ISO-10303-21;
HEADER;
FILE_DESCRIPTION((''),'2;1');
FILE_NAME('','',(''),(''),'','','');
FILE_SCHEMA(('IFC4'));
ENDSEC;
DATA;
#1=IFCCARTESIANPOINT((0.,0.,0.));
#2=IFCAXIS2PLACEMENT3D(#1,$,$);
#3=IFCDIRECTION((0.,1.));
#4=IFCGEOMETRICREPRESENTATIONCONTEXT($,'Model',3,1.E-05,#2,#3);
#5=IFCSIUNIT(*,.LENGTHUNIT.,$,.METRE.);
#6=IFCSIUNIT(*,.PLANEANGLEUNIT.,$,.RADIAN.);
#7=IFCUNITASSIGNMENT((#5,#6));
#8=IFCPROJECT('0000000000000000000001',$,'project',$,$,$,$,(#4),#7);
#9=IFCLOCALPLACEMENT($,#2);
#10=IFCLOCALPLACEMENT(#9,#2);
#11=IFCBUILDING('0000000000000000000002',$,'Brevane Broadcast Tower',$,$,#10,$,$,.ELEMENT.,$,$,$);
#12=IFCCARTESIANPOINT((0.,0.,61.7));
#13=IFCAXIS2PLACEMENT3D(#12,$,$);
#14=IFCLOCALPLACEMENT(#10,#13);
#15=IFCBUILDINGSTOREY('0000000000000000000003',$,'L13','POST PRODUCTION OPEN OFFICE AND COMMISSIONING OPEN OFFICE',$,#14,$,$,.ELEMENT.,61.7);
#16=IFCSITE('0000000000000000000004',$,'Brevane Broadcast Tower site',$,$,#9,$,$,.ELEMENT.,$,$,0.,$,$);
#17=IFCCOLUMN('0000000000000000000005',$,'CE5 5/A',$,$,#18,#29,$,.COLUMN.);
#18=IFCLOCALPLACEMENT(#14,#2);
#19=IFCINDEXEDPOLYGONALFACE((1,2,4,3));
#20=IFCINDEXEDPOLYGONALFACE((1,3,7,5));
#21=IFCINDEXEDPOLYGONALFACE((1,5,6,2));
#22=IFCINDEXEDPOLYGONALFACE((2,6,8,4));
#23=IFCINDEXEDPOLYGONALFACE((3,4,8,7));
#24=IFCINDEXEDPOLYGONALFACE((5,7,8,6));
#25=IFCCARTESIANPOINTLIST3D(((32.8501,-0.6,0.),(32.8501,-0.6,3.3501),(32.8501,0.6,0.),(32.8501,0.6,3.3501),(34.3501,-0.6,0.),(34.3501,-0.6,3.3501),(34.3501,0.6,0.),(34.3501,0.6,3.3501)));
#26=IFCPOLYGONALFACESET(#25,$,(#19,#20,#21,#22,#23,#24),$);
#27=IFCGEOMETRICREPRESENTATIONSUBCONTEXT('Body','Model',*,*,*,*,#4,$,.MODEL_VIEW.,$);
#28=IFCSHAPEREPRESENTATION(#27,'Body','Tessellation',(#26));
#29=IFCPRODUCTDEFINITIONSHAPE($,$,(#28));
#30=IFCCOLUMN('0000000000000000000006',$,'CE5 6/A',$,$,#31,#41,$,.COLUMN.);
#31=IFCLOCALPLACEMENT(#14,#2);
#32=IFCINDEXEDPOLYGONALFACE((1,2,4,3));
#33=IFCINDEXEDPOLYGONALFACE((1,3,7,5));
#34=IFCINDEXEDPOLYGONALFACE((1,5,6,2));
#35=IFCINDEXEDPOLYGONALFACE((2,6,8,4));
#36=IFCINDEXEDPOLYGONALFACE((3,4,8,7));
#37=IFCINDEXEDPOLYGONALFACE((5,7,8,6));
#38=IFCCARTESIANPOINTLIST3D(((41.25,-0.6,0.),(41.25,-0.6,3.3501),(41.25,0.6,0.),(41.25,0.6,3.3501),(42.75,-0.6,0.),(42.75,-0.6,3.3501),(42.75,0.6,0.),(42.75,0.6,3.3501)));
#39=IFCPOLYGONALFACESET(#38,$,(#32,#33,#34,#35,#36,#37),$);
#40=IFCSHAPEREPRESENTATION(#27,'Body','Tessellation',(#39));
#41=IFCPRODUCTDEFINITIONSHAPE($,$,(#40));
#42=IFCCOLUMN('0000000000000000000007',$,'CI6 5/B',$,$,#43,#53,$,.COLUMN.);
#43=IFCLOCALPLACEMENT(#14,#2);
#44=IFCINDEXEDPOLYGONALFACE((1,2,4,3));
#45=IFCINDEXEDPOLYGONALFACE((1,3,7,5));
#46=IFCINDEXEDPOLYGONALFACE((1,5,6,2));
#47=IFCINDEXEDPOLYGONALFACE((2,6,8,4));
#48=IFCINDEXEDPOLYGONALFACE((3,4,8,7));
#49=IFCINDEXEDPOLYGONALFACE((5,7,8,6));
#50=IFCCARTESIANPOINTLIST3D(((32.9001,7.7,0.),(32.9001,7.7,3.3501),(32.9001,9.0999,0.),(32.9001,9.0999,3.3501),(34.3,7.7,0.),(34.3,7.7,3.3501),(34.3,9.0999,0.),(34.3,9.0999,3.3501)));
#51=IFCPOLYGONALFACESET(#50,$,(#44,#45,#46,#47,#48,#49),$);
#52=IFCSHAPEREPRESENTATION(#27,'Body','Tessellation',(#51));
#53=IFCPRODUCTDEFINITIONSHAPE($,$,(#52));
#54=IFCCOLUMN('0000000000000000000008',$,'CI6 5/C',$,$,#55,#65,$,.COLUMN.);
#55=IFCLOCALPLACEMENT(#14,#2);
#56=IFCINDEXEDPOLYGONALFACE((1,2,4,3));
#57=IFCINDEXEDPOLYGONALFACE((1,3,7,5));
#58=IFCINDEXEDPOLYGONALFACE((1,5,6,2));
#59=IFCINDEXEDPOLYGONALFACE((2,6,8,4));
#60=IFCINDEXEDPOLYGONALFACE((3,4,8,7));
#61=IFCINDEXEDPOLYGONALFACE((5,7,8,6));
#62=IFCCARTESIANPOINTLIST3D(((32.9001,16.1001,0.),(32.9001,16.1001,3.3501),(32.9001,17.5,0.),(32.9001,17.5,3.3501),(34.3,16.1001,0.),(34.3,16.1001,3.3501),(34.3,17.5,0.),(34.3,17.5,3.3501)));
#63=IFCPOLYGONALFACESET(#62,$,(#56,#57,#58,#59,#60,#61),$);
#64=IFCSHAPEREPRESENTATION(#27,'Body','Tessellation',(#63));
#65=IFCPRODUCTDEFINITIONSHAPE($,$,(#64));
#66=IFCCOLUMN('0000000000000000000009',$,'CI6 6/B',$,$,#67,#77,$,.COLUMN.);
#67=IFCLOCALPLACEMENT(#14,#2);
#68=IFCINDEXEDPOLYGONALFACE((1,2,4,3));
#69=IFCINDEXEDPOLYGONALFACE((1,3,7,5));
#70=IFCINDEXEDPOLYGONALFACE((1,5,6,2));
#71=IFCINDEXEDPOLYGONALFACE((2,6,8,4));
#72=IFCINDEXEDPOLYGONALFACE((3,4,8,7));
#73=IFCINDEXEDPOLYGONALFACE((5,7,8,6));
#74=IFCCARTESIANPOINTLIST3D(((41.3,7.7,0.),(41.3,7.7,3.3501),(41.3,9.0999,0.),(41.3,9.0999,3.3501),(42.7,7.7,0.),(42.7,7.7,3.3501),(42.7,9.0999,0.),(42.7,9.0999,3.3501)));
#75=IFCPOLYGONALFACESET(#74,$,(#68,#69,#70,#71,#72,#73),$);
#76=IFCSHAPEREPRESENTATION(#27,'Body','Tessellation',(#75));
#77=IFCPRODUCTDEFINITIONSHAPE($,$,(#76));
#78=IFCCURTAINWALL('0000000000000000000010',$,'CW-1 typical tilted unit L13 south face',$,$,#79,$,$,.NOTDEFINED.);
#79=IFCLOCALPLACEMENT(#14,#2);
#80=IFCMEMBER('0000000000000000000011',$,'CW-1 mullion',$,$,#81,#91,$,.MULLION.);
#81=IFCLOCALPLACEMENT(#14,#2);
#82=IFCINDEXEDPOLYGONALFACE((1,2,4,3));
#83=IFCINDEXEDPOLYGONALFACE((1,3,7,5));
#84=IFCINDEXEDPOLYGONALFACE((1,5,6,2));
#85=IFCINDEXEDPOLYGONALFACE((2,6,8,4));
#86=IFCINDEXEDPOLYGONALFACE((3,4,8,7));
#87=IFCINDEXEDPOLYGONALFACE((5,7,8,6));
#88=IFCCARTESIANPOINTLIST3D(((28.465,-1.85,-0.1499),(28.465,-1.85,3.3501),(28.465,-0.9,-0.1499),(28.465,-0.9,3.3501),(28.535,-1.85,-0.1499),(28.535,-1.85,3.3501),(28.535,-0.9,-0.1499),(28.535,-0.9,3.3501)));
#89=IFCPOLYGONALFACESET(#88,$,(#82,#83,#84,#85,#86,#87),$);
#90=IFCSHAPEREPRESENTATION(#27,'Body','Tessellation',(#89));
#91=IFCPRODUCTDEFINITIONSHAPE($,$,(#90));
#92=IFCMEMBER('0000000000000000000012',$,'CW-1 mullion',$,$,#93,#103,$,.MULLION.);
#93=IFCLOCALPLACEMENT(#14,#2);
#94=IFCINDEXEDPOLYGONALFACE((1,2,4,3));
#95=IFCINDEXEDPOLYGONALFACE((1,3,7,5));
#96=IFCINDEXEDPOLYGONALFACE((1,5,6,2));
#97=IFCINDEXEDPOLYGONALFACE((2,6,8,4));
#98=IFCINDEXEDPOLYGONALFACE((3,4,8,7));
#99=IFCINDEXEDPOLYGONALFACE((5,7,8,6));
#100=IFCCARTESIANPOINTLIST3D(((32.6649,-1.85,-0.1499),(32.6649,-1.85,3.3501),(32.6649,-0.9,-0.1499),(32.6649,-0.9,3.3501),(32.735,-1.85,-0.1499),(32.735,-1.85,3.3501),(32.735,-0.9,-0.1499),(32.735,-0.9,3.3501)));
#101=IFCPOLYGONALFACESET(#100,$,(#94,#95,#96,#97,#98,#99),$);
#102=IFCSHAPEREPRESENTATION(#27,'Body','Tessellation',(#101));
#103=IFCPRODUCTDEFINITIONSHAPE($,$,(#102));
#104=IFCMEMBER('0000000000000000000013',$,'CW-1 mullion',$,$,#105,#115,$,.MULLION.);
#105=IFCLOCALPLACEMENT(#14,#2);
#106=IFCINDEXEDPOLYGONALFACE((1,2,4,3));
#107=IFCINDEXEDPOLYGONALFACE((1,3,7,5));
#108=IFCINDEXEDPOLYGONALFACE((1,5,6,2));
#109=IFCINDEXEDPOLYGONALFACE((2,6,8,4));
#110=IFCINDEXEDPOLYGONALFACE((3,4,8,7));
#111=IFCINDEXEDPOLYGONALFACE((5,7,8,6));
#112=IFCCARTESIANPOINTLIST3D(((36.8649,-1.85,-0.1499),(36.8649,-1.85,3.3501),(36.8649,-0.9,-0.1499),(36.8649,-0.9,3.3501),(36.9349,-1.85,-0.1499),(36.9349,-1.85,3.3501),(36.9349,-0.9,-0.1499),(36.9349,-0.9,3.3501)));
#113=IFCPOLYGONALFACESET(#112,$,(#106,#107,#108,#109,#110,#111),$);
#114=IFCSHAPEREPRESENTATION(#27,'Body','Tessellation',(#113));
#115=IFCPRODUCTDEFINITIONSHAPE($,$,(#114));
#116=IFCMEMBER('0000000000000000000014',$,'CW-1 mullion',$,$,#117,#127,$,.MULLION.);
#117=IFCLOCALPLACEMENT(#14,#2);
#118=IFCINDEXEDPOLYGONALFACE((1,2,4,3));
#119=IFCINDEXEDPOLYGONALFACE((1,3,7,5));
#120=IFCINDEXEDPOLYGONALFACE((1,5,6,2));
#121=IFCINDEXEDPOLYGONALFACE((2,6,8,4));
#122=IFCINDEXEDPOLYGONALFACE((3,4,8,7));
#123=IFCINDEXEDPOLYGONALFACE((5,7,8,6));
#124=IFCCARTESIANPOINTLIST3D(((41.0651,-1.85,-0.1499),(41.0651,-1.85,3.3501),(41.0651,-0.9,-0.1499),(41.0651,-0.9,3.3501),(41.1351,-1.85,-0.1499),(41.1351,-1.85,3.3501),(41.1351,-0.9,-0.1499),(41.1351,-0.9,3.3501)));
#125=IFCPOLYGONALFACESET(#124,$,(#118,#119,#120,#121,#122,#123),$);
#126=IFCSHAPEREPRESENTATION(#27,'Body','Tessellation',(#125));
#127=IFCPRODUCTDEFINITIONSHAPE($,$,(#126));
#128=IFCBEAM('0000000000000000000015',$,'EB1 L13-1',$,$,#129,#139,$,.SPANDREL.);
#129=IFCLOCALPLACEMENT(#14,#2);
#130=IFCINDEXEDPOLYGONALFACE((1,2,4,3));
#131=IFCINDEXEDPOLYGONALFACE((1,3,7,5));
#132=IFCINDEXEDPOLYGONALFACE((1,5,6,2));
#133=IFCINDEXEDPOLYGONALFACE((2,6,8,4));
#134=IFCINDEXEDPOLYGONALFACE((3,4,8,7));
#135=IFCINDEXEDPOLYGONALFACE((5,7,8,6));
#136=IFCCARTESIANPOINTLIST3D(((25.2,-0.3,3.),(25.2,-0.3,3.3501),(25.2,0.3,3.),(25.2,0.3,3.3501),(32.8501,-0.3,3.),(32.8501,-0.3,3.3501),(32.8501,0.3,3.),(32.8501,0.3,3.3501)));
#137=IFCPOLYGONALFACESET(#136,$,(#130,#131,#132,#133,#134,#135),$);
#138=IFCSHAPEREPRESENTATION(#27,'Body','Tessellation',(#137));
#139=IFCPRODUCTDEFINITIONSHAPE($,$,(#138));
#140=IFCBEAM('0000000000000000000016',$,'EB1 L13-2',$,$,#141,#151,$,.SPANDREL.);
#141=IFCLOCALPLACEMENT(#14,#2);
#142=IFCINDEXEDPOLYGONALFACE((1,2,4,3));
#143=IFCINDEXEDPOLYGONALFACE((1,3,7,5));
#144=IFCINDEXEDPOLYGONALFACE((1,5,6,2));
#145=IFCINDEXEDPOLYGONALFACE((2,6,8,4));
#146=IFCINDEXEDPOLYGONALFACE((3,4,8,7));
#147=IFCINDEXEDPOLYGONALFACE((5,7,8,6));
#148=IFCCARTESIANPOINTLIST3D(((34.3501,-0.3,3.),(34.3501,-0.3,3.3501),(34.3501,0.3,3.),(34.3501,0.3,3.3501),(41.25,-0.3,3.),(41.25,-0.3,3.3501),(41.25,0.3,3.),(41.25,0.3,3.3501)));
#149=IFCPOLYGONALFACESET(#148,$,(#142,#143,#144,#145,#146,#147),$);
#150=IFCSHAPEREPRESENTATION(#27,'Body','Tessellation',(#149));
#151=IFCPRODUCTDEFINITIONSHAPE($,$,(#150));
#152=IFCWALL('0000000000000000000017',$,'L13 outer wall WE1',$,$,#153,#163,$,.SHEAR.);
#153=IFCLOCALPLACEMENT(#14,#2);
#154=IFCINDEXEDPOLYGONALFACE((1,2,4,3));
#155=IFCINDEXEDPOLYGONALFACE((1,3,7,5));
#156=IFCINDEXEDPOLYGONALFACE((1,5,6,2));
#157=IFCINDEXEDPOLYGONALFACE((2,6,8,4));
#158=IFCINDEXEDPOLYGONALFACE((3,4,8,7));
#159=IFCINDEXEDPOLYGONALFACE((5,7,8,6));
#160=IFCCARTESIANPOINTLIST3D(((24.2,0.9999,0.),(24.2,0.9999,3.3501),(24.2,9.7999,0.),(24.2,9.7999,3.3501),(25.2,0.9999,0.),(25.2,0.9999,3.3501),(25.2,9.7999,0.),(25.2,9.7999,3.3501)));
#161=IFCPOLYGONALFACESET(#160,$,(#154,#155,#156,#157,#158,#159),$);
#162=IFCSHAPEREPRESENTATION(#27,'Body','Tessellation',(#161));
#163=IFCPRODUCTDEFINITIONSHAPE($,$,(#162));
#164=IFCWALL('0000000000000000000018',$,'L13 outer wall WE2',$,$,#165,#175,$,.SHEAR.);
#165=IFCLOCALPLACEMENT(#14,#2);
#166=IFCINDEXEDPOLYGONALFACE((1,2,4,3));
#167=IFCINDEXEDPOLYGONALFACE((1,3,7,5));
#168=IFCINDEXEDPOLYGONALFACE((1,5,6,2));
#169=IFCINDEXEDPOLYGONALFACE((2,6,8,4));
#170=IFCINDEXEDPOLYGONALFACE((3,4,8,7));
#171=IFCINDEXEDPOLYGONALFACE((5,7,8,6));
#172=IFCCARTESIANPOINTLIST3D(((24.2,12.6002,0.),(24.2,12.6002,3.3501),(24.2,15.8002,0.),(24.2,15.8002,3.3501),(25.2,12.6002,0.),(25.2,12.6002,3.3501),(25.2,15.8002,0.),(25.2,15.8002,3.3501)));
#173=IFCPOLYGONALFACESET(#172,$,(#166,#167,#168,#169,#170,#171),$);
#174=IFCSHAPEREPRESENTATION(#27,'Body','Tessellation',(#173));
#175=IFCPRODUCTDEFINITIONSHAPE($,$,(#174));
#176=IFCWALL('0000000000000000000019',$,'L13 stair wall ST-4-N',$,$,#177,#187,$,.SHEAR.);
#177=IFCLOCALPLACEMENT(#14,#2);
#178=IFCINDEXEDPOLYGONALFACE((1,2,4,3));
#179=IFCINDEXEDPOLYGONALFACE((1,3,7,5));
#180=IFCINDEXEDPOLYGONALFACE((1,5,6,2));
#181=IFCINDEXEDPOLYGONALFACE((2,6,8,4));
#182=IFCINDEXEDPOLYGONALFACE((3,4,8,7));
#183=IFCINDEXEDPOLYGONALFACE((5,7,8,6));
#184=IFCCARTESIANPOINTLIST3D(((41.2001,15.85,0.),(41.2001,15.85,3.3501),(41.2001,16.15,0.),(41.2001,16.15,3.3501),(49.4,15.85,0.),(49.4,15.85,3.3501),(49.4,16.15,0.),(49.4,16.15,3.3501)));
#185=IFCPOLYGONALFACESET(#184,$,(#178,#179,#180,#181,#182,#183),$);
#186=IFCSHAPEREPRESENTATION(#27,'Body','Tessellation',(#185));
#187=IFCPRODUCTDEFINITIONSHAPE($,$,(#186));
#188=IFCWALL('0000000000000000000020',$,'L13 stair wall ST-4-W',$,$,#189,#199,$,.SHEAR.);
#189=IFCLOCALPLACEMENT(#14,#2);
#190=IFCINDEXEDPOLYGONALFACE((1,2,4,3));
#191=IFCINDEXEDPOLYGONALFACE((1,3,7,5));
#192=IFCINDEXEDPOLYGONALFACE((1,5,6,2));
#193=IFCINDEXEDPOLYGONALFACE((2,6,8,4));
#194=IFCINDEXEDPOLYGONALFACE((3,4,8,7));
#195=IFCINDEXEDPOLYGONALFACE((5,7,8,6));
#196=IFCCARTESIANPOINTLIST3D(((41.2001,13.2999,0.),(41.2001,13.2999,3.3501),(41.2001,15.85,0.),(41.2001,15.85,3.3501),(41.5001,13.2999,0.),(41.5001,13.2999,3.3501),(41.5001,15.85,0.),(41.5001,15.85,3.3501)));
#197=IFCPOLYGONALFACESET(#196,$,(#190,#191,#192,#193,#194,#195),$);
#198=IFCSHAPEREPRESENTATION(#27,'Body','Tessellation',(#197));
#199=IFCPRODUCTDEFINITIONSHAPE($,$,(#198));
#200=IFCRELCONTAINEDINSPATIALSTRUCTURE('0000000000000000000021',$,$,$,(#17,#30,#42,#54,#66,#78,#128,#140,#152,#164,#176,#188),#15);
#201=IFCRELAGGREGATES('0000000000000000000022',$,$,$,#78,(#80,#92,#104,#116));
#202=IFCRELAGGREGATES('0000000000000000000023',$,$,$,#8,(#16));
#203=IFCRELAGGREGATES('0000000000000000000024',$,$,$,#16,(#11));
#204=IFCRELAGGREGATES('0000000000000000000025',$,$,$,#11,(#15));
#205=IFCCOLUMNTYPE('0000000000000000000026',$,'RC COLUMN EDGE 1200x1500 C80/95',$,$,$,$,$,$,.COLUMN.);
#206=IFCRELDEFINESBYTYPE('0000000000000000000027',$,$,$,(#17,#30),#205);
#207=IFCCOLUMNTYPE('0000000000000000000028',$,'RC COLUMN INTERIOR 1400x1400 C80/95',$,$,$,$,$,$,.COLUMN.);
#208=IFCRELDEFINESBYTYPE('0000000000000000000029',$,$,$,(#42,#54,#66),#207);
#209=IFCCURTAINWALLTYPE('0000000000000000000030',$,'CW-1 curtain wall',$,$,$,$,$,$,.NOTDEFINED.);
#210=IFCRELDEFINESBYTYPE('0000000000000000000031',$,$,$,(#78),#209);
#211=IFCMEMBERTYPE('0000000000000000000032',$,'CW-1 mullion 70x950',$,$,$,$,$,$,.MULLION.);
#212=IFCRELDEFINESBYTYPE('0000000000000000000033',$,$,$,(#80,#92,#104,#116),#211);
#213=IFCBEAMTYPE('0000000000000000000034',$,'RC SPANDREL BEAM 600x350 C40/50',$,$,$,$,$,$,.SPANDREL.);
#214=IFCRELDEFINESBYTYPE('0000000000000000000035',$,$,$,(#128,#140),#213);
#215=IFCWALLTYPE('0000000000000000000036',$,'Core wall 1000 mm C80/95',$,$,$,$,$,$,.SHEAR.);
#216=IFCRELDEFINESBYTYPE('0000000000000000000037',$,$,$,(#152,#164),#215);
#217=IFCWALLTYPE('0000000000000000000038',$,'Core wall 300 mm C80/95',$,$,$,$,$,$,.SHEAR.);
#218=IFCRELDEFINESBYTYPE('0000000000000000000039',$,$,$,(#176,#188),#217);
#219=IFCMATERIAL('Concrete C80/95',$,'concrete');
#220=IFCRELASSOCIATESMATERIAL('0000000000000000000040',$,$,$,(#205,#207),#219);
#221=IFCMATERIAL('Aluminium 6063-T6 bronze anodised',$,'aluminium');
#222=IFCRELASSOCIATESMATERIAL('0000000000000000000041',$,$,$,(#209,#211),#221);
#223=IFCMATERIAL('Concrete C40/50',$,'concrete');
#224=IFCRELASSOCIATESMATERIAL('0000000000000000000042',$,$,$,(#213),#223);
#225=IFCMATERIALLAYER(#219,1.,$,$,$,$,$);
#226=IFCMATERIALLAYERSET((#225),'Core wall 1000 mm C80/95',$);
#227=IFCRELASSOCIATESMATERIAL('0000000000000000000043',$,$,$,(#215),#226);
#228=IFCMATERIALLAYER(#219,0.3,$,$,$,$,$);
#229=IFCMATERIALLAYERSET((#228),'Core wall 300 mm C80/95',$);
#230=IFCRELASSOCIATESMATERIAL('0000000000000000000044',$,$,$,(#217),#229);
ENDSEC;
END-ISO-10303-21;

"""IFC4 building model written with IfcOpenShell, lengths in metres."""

from ifc_helpers import new_model, si_unit, direction, frame, frame_2d, origin, origin_2d, place, context, subcontext, project, spatial, rectangle, extrude, material, layer, layer_set, material_profile, profile_set, type_object, element, aggregate, save


model = new_model("IFC4")

# Units and contexts
model_context = context("Model", 3, precision=1e-05, world=origin(), true_north=direction((0.0, 1.0)))
body_context = subcontext(model_context, "Body", "Model", "MODEL_VIEW")
ifc_project = project(units=[si_unit("LENGTHUNIT", "METRE"), si_unit("PLANEANGLEUNIT", "RADIAN")], contexts=[model_context])

# Site, building, storey
site_placement = place(None, origin())
site = spatial("IfcSite", under=ifc_project, at=site_placement, Name="Brevane Broadcast Tower site", CompositionType="ELEMENT", RefElevation=0.0)
building_placement = place(site_placement, origin())
building = spatial("IfcBuilding", under=site, at=building_placement, Name="Brevane Broadcast Tower", CompositionType="ELEMENT")
storey_placement = place(building_placement, frame((0.0, 0.0, 61.7)))
storey = spatial("IfcBuildingStorey", under=building, at=storey_placement, Name="L13", Description="POST PRODUCTION OPEN OFFICE AND COMMISSIONING OPEN OFFICE", CompositionType="ELEMENT", Elevation=61.7)

# Columns
ifc_material_1 = material(Name="Concrete C80/95", Category="concrete")
ifc_material_profile_1 = material_profile(ifc_material_1, rectangle(XDim=1.2, YDim=1.5, at=origin_2d()), Name="RC 1200x1500")
ifc_profile_set_1 = profile_set([ifc_material_profile_1], Name="Concrete C80/95")
column_type_1 = type_object("IfcColumnType", Name="RC COLUMN EDGE 1200x1500 C80/95", PredefinedType="COLUMN", material=ifc_profile_set_1)
for number, where, z_axis, x_axis, name in (
    (1, (33.6001, 0.0, 0.0), (0.0, 0.0, 1.0), (0.0, 1.0, 0.0), "CE5 5/A"),
    (2, (42.0, 0.0, 0.0), (0.0, 0.0, 1.0), (0.0, 1.0, 0.0), "CE5 6/A"),
):
    element("IfcColumn", number, at=place(storey_placement, frame(where, z_axis=z_axis, x_axis=x_axis)), inside=storey, type_object=column_type_1, Name=name, PredefinedType="COLUMN", context=body_context, shape_type="SweptSolid", body=[
        extrude(rectangle(XDim=1.2, YDim=1.5, at=origin_2d()), origin(), (0.0, 0.0, 1.0), 3.3501),
    ])
ifc_material_profile_2 = material_profile(ifc_material_1, rectangle(XDim=1.3999, YDim=1.3999, at=origin_2d()), Name="RC 1400x1400")
ifc_profile_set_2 = profile_set([ifc_material_profile_2], Name="Concrete C80/95")
column_type_2 = type_object("IfcColumnType", Name="RC COLUMN INTERIOR 1400x1400 C80/95", PredefinedType="COLUMN", material=ifc_profile_set_2)
for number, where, z_axis, x_axis, name in (
    (3, (33.6001, 8.3999, 0.0), (0.0, 0.0, 1.0), (1.0, 0.0, 0.0), "CI6 5/B"),
    (4, (33.6001, 16.8, 0.0), (0.0, 0.0, 1.0), (1.0, 0.0, 0.0), "CI6 5/C"),
    (5, (42.0, 8.3999, 0.0), (0.0, 0.0, 1.0), (1.0, 0.0, 0.0), "CI6 6/B"),
):
    element("IfcColumn", number, at=place(storey_placement, frame(where, z_axis=z_axis, x_axis=x_axis)), inside=storey, type_object=column_type_2, Name=name, PredefinedType="COLUMN", context=body_context, shape_type="SweptSolid", body=[
        extrude(rectangle(XDim=1.3999, YDim=1.3999, at=origin_2d()), origin(), (0.0, 0.0, 1.0), 3.3501),
    ])

# Curtain wall, members
ifc_material_2 = material(Name="Aluminium 6063-T6 bronze anodised", Category="aluminium")
curtain_wall_type = type_object("IfcCurtainWallType", Name="CW-1 curtain wall", PredefinedType="NOTDEFINED", material=ifc_material_2)
curtain_wall_placement = place(storey_placement, origin())
curtain_wall = element("IfcCurtainWall", 6, at=curtain_wall_placement, inside=storey, type_object=curtain_wall_type, Name="CW-1 typical tilted unit L13 south face", PredefinedType="NOTDEFINED")
ifc_material_profile_3 = material_profile(ifc_material_2, rectangle(XDim=0.95, YDim=0.0701, at=origin_2d()), Name="RECT 70x950")
ifc_profile_set_3 = profile_set([ifc_material_profile_3], Name="Aluminium 6063-T6 bronze anodised")
member_type = type_object("IfcMemberType", Name="CW-1 mullion 70x950", PredefinedType="MULLION", material=ifc_profile_set_3)
member_1_placement = place(storey_placement, frame((28.5, -1.375, -0.1499), z_axis=(0.0, 0.0, 1.0), x_axis=(0.0, 1.0, 0.0)))
member_1 = element("IfcMember", 7, at=member_1_placement, type_object=member_type, Name="CW-1 mullion", PredefinedType="MULLION", context=body_context, shape_type="SweptSolid", body=[
    extrude(rectangle(XDim=0.95, YDim=0.0701, at=origin_2d()), origin(), (0.0, 0.0, 1.0), 3.5),
])
member_2_placement = place(storey_placement, frame((32.7, -1.375, -0.1499), z_axis=(0.0, 0.0, 1.0), x_axis=(0.0, 1.0, 0.0)))
member_2 = element("IfcMember", 8, at=member_2_placement, type_object=member_type, Name="CW-1 mullion", PredefinedType="MULLION", context=body_context, shape_type="SweptSolid", body=[
    extrude(rectangle(XDim=0.95, YDim=0.0701, at=origin_2d()), origin(), (0.0, 0.0, 1.0), 3.5),
])
member_3_placement = place(storey_placement, frame((36.8999, -1.375, -0.1499), z_axis=(0.0, 0.0, 1.0), x_axis=(0.0, 1.0, 0.0)))
member_3 = element("IfcMember", 9, at=member_3_placement, type_object=member_type, Name="CW-1 mullion", PredefinedType="MULLION", context=body_context, shape_type="SweptSolid", body=[
    extrude(rectangle(XDim=0.95, YDim=0.0701, at=origin_2d()), origin(), (0.0, 0.0, 1.0), 3.5),
])
member_4_placement = place(storey_placement, frame((41.1001, -1.375, -0.1499), z_axis=(0.0, 0.0, 1.0), x_axis=(0.0, 1.0, 0.0)))
member_4 = element("IfcMember", 10, at=member_4_placement, type_object=member_type, Name="CW-1 mullion", PredefinedType="MULLION", context=body_context, shape_type="SweptSolid", body=[
    extrude(rectangle(XDim=0.95, YDim=0.0701, at=origin_2d()), origin(), (0.0, 0.0, 1.0), 3.5),
])
aggregate(curtain_wall, [member_1, member_2, member_3, member_4])

# Beams
ifc_material_3 = material(Name="Concrete C40/50", Category="concrete")
ifc_material_profile_4 = material_profile(ifc_material_3, rectangle(XDim=0.6001, YDim=0.3501, at=origin_2d()), Name="RC 600x350")
ifc_profile_set_4 = profile_set([ifc_material_profile_4], Name="Concrete C40/50")
beam_type = type_object("IfcBeamType", Name="RC SPANDREL BEAM 600x350 C40/50", PredefinedType="SPANDREL", material=ifc_profile_set_4)
beam_1_placement = place(storey_placement, frame((25.2, 0.0, 3.175), z_axis=(1.0, 0.0, 0.0), x_axis=(0.0, 1.0, 0.0)))
element("IfcBeam", 11, at=beam_1_placement, inside=storey, type_object=beam_type, Name="EB1 L13-1", PredefinedType="SPANDREL", context=body_context, shape_type="SweptSolid", body=[
    extrude(rectangle(XDim=0.6001, YDim=0.3501, at=origin_2d()), origin(), (0.0, 0.0, 1.0), 7.6501),
])
beam_2_placement = place(storey_placement, frame((34.3501, 0.0, 3.175), z_axis=(1.0, 0.0, 0.0), x_axis=(0.0, 1.0, 0.0)))
element("IfcBeam", 12, at=beam_2_placement, inside=storey, type_object=beam_type, Name="EB1 L13-2", PredefinedType="SPANDREL", context=body_context, shape_type="SweptSolid", body=[
    extrude(rectangle(XDim=0.6001, YDim=0.3501, at=origin_2d()), origin(), (0.0, 0.0, 1.0), 6.8999),
])

# Walls
ifc_layer_1 = layer(ifc_material_1, 1.0)
ifc_layer_set_1 = layer_set([ifc_layer_1], Name="Core wall 1000 mm C80/95")
wall_type_1 = type_object("IfcWallType", Name="Core wall 1000 mm C80/95", PredefinedType="SHEAR", material=ifc_layer_set_1)
wall_1_placement = place(storey_placement, frame((24.7, 1.0, 0.0), z_axis=(0.0, 0.0, 1.0), x_axis=(0.0, 1.0, 0.0)))
element("IfcWall", 13, at=wall_1_placement, inside=storey, type_object=wall_type_1, Name="L13 outer wall WE1", PredefinedType="SHEAR", context=body_context, shape_type="SweptSolid", body=[
    extrude(rectangle(XDim=8.8, YDim=1.0, at=frame_2d((4.3999, 0.0))), origin(), (0.0, 0.0, 1.0), 3.3501),
])
wall_2_placement = place(storey_placement, frame((24.7, 12.6001, 0.0), z_axis=(0.0, 0.0, 1.0), x_axis=(0.0, 1.0, 0.0)))
element("IfcWall", 14, at=wall_2_placement, inside=storey, type_object=wall_type_1, Name="L13 outer wall WE2", PredefinedType="SHEAR", context=body_context, shape_type="SweptSolid", body=[
    extrude(rectangle(XDim=3.2, YDim=1.0, at=frame_2d((1.6001, 0.0))), origin(), (0.0, 0.0, 1.0), 3.3501),
])
ifc_layer_2 = layer(ifc_material_1, 0.3)
ifc_layer_set_2 = layer_set([ifc_layer_2], Name="Core wall 300 mm C80/95")
wall_type_2 = type_object("IfcWallType", Name="Core wall 300 mm C80/95", PredefinedType="SHEAR", material=ifc_layer_set_2)
wall_3_placement = place(storey_placement, frame((41.2, 16.0, 0.0), z_axis=(0.0, 0.0, 1.0), x_axis=(1.0, 0.0, 0.0)))
element("IfcWall", 15, at=wall_3_placement, inside=storey, type_object=wall_type_2, Name="L13 stair wall ST-4-N", PredefinedType="SHEAR", context=body_context, shape_type="SweptSolid", body=[
    extrude(rectangle(XDim=8.2, YDim=0.3, at=frame_2d((4.1001, 0.0))), origin(), (0.0, 0.0, 1.0), 3.3501),
])
wall_4_placement = place(storey_placement, frame((41.3501, 13.3, 0.0), z_axis=(0.0, 0.0, 1.0), x_axis=(0.0, 1.0, 0.0)))
element("IfcWall", 16, at=wall_4_placement, inside=storey, type_object=wall_type_2, Name="L13 stair wall ST-4-W", PredefinedType="SHEAR", context=body_context, shape_type="SweptSolid", body=[
    extrude(rectangle(XDim=2.55, YDim=0.3, at=frame_2d((1.2749, 0.0))), origin(), (0.0, 0.0, 1.0), 3.3501),
])

save(model, "model.ifc")
